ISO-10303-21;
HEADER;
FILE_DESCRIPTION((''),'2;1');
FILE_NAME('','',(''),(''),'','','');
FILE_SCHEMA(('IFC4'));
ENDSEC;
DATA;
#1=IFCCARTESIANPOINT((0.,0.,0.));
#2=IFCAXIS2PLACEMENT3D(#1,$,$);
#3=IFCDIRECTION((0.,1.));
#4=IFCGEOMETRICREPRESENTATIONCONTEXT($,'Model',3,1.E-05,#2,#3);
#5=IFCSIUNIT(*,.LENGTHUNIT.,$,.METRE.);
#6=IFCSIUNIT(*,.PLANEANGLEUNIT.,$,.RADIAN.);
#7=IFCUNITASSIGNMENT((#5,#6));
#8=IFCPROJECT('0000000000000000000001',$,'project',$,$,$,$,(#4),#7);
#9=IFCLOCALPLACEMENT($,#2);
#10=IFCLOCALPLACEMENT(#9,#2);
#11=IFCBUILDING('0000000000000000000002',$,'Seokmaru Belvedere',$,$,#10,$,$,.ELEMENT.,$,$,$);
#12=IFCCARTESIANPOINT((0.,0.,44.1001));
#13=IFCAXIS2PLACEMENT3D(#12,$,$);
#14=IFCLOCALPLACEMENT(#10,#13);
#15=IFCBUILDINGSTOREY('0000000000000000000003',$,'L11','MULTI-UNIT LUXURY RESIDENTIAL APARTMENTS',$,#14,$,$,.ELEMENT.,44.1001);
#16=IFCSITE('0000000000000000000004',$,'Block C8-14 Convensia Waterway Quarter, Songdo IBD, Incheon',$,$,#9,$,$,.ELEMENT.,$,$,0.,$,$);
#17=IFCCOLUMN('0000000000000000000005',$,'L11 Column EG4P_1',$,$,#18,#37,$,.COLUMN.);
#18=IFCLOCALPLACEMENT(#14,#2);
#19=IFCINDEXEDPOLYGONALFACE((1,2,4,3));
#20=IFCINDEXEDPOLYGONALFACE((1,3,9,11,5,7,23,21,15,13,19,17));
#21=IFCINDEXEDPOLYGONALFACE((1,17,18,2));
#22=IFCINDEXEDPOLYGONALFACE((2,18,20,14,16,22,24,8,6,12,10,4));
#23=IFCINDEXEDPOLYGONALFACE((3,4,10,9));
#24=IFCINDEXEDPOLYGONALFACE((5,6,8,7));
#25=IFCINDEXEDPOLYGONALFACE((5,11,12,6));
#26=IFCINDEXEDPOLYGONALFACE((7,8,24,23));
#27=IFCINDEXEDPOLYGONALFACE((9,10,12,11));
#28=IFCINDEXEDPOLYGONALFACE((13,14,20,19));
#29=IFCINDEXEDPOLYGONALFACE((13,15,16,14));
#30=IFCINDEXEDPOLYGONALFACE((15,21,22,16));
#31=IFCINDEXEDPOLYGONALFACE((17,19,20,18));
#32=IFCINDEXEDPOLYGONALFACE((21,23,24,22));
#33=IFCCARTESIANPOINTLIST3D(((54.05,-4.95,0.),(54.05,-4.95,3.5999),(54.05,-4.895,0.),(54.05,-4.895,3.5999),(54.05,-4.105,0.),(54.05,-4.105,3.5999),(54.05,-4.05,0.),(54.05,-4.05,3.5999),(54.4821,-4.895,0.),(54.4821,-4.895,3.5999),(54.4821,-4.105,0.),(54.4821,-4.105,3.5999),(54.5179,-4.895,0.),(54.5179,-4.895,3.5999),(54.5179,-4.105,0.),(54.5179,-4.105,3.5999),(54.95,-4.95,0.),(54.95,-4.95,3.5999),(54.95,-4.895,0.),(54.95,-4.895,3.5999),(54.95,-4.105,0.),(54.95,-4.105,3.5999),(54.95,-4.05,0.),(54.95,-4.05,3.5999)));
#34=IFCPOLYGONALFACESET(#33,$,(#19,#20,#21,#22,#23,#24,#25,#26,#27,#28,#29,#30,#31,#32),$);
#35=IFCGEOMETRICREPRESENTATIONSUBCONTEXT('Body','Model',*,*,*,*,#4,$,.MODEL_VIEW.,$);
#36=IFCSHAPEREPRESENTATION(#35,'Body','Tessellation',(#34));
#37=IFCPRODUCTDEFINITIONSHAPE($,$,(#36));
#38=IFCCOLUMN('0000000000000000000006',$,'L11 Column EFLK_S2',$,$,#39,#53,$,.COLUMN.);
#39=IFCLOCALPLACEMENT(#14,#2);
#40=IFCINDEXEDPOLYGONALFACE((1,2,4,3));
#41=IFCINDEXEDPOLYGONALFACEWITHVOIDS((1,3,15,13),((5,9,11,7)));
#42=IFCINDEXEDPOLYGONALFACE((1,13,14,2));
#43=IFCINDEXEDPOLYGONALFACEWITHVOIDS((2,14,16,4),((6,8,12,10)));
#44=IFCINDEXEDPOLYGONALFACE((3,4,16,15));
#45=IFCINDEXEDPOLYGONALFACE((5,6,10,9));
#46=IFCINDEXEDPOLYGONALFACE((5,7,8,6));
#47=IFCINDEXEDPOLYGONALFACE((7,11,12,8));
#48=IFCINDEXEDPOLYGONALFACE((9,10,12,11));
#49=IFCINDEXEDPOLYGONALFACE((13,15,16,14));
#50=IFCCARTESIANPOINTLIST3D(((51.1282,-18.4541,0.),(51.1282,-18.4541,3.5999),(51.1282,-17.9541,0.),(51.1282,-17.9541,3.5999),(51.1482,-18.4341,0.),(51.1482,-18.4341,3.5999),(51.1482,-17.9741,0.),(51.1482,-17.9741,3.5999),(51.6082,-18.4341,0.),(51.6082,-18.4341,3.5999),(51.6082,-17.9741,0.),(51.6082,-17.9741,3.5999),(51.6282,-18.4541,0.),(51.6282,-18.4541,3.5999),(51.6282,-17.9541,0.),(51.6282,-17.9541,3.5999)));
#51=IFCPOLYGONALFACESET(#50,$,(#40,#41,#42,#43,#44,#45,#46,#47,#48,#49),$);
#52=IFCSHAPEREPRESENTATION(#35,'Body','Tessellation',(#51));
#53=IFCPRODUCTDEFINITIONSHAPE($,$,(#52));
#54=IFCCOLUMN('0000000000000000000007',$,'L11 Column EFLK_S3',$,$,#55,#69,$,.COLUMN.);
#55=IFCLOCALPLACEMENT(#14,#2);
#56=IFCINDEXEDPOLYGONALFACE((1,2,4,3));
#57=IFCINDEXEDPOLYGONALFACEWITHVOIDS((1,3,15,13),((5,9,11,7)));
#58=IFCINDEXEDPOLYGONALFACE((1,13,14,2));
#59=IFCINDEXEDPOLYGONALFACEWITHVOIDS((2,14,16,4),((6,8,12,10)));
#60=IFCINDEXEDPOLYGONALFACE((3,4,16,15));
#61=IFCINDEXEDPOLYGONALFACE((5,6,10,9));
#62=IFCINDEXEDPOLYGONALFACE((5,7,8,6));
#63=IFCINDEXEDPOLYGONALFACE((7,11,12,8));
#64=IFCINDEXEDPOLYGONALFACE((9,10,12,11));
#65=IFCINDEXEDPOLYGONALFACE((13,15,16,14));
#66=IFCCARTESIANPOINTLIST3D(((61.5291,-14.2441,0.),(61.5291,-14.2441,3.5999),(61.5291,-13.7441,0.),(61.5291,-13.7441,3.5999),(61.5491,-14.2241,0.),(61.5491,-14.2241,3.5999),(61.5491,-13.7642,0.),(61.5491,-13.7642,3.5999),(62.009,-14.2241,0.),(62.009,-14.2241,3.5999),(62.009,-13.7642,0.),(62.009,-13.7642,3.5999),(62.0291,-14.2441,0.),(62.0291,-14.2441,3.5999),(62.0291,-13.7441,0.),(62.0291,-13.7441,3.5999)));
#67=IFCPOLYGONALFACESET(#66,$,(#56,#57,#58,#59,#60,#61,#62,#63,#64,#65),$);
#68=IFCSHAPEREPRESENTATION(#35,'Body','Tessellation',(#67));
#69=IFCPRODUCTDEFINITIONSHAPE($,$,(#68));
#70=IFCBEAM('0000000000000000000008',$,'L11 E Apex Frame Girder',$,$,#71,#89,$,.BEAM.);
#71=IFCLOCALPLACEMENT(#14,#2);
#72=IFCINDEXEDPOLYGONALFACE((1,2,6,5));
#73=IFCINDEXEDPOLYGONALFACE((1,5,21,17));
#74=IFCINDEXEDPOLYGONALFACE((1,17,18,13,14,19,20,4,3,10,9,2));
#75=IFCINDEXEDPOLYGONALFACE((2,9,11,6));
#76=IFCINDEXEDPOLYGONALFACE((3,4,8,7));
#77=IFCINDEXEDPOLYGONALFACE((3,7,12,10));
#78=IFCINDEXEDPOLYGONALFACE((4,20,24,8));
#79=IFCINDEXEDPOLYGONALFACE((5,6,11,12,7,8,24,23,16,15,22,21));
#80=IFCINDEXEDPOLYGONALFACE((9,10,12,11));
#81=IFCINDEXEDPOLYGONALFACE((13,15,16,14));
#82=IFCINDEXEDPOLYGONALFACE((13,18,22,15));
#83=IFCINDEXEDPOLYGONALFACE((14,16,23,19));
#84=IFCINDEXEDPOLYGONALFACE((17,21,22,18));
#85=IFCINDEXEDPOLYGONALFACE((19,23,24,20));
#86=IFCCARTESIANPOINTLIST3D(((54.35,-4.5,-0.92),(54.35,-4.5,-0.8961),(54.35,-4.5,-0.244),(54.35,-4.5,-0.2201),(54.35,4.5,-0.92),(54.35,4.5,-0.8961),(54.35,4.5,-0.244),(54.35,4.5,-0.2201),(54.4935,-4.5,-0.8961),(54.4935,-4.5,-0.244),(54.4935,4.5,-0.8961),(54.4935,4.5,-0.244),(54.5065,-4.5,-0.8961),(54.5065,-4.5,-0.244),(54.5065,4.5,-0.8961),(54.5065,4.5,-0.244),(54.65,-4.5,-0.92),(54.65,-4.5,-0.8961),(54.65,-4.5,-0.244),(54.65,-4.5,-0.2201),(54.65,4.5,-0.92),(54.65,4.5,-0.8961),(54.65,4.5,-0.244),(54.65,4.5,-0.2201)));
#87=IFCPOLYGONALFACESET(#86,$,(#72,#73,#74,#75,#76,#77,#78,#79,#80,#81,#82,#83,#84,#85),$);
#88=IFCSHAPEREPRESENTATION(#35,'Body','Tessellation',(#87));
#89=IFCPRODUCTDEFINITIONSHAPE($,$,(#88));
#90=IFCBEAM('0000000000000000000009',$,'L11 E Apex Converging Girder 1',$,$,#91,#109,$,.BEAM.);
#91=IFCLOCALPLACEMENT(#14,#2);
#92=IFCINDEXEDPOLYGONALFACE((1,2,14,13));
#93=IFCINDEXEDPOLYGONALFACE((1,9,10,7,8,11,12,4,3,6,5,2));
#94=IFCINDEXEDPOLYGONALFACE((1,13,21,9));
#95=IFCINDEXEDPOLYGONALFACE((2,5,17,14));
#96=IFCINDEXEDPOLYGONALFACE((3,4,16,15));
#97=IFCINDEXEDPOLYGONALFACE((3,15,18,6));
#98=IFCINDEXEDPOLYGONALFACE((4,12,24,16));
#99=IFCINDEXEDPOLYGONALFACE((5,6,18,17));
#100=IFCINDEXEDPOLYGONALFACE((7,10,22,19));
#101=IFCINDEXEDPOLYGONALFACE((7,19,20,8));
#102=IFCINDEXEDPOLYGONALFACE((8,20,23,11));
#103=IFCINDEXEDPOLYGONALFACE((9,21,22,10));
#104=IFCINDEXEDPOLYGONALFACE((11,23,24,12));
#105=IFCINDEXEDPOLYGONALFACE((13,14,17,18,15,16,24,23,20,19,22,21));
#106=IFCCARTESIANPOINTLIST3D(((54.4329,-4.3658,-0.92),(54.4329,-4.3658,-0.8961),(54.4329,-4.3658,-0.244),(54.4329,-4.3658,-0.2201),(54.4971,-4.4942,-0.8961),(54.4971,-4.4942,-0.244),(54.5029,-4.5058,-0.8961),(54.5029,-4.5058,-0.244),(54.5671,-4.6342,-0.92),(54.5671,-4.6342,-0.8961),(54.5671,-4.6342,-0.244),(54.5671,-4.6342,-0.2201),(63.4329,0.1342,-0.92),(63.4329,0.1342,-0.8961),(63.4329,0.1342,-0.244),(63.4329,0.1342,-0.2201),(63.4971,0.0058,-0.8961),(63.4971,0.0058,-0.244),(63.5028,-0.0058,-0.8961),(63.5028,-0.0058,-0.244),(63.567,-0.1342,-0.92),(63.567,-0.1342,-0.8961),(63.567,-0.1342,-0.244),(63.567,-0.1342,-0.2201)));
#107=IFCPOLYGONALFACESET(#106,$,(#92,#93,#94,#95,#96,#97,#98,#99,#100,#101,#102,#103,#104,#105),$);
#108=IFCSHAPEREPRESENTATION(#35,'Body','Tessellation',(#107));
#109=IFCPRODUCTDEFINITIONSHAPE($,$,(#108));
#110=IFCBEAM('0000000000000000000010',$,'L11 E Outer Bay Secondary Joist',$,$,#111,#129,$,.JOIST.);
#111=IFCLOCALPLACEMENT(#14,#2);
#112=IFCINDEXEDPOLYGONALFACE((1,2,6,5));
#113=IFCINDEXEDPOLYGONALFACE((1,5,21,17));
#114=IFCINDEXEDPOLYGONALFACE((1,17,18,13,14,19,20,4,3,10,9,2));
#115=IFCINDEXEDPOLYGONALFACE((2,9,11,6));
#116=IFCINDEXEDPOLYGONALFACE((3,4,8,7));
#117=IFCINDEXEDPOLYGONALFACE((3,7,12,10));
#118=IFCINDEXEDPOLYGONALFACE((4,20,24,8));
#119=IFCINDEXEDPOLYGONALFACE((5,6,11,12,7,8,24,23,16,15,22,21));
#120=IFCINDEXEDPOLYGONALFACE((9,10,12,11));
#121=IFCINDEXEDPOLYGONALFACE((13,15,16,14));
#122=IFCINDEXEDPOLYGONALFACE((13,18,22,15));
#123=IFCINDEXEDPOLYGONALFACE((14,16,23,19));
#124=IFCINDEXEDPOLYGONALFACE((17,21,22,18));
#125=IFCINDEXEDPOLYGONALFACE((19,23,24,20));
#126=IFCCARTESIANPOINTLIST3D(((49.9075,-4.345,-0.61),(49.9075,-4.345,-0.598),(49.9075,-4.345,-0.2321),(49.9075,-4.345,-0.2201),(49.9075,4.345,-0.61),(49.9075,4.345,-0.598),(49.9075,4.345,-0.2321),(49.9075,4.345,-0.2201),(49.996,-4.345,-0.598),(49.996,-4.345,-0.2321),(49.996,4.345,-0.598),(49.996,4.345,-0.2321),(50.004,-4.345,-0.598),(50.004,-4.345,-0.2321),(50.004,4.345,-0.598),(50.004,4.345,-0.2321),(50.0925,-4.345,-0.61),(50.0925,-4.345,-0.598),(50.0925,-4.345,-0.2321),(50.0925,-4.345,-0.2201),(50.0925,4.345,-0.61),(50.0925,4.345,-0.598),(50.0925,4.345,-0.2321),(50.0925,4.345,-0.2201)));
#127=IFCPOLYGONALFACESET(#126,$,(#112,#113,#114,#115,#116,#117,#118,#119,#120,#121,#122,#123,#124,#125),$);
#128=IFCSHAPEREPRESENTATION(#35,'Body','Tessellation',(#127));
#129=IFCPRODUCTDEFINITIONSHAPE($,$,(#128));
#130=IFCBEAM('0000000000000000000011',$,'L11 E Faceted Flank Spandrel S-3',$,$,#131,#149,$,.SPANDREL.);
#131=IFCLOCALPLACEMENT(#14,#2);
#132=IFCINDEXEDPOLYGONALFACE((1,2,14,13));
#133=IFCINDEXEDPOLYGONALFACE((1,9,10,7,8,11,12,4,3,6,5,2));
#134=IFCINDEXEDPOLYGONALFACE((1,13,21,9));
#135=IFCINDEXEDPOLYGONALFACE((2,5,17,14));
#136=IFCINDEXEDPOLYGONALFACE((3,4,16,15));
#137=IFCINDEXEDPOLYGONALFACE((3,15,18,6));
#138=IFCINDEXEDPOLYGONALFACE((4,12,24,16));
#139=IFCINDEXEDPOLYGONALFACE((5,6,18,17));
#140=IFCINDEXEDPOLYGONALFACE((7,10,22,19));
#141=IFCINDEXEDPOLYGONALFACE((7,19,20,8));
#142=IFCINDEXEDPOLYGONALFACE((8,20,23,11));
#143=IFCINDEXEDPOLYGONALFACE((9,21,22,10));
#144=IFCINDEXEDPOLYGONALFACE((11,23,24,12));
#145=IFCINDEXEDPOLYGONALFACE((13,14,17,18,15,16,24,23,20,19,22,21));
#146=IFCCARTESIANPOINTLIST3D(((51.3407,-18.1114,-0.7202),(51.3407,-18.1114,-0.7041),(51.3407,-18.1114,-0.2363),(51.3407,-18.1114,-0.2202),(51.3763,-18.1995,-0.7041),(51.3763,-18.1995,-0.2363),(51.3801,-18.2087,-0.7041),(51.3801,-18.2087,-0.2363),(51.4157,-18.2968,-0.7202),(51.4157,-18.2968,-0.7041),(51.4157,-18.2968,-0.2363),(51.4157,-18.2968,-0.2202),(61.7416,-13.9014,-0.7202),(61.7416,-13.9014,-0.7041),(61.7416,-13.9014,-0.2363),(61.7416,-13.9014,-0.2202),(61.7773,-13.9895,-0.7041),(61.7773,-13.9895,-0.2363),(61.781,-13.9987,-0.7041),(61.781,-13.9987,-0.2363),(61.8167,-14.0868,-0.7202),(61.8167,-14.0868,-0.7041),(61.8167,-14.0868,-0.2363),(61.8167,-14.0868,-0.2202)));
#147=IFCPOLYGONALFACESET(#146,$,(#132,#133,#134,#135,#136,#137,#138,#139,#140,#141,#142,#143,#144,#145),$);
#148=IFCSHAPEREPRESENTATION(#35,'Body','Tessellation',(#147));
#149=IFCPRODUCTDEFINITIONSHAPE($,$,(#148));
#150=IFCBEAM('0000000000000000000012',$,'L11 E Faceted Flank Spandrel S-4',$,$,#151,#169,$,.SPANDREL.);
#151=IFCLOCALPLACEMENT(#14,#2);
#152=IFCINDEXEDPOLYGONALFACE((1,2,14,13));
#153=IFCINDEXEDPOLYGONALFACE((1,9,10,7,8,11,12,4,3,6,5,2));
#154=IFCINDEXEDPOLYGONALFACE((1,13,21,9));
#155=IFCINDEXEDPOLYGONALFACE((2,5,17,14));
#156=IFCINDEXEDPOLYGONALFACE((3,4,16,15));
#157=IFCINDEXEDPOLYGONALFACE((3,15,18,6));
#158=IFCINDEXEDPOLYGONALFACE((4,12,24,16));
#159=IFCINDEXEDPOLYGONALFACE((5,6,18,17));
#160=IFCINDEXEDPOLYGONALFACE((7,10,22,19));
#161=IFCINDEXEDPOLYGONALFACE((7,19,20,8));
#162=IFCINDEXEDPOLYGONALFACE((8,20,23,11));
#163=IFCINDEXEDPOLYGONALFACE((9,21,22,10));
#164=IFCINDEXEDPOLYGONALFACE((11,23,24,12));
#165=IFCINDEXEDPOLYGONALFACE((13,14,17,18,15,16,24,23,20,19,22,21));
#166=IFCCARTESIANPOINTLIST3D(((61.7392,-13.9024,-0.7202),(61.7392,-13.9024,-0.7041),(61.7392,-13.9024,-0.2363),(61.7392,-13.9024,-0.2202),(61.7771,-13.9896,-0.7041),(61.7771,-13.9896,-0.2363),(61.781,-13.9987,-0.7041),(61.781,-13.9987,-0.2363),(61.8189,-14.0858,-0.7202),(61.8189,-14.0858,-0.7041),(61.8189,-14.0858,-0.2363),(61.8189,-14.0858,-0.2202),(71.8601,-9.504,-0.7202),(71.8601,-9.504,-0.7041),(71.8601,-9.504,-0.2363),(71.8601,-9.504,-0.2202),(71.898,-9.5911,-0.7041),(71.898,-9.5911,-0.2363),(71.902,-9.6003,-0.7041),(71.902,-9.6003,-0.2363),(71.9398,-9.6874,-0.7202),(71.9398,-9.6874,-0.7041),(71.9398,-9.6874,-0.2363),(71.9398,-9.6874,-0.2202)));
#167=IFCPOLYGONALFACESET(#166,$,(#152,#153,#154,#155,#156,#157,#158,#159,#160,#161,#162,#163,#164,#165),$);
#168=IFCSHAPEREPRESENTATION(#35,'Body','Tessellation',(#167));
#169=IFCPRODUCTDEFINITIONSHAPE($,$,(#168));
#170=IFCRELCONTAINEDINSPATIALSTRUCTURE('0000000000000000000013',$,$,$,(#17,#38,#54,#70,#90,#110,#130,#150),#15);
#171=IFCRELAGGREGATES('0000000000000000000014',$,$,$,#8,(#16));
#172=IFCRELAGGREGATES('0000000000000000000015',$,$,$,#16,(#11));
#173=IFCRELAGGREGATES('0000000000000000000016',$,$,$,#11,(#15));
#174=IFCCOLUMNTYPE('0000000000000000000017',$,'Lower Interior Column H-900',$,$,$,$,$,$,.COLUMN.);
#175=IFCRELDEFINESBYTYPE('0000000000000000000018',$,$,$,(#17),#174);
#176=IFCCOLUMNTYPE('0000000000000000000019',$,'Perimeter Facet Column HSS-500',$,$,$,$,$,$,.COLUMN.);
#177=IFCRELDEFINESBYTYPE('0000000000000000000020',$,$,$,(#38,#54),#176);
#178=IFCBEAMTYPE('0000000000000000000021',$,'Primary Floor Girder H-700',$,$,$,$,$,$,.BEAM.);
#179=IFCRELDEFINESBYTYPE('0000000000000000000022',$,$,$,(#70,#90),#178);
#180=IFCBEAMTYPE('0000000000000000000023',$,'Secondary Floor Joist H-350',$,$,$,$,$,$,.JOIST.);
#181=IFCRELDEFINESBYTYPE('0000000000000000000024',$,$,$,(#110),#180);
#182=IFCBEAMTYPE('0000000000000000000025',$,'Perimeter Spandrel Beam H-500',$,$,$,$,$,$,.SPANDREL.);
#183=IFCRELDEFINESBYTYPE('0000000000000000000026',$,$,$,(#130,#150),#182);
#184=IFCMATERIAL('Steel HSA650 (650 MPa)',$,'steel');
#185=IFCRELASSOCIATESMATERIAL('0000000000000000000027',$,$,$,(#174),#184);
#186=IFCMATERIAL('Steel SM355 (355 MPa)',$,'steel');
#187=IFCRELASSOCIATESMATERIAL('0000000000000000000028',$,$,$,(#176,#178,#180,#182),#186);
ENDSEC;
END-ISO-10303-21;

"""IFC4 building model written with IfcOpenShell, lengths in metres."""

from ifc_helpers import new_model, si_unit, direction, frame, origin, origin_2d, place, context, subcontext, project, spatial, hollow_rectangle, i_section, extrude, source, transform, mapped, material, material_profile, profile_set, type_object, type_shapes, element, save


model = new_model("IFC4")

# Units and contexts
model_context = context("Model", 3, precision=1e-05, world=origin(), true_north=direction((0.0, 1.0)))
body_context = subcontext(model_context, "Body", "Model", "MODEL_VIEW")
ifc_project = project(units=[si_unit("LENGTHUNIT", "METRE"), si_unit("PLANEANGLEUNIT", "RADIAN")], contexts=[model_context])

# Site, building, storey
site_placement = place(None, origin())
site = spatial("IfcSite", under=ifc_project, at=site_placement, Name="Block C8-14 Convensia Waterway Quarter, Songdo IBD, Incheon", CompositionType="ELEMENT", RefElevation=0.0)
building_placement = place(site_placement, origin())
building = spatial("IfcBuilding", under=site, at=building_placement, Name="Seokmaru Belvedere", CompositionType="ELEMENT")
storey_placement = place(building_placement, frame((0.0, 0.0, 44.1001)))
storey = spatial("IfcBuildingStorey", under=building, at=storey_placement, Name="L11", Description="MULTI-UNIT LUXURY RESIDENTIAL APARTMENTS", CompositionType="ELEMENT", Elevation=44.1001)

# Columns
ifc_material_1 = material(Name="Steel HSA650 (650 MPa)", Category="steel")
ifc_material_profile_1 = material_profile(ifc_material_1, i_section(OverallWidth=0.8999, OverallDepth=0.8999, WebThickness=0.0359, FlangeThickness=0.0549, at=origin_2d()), Name="H-900x900x36x55")
ifc_profile_set_1 = profile_set([ifc_material_profile_1], Name="Steel HSA650 (650 MPa)")
column_type_1 = type_object("IfcColumnType", Name="Lower Interior Column H-900", PredefinedType="COLUMN", material=ifc_profile_set_1)
shared_shape_1 = source(origin(), body_context, "Body", "SweptSolid", [
    extrude(i_section(OverallWidth=0.8999, OverallDepth=0.8999, WebThickness=0.0359, FlangeThickness=0.0549, at=origin_2d()), origin(), (0.0, 0.0, 1.0), 3.5999),
])
type_shapes(column_type_1, [shared_shape_1])
column_placement = place(storey_placement, frame((54.5, -4.5, 0.0), z_axis=(0.0, 0.0, 1.0), x_axis=(1.0, 0.0, 0.0)))
element("IfcColumn", 1, at=column_placement, inside=storey, type_object=column_type_1, Name="L11 Column EG4P_1", PredefinedType="COLUMN", context=body_context, shape_type="MappedRepresentation", body=[
    mapped(shared_shape_1, transform((0.0, 0.0, 0.0), scale=1.0)),
])
ifc_material_2 = material(Name="Steel SM355 (355 MPa)", Category="steel")
ifc_material_profile_2 = material_profile(ifc_material_2, hollow_rectangle(XDim=0.5, YDim=0.5, WallThickness=0.02, at=origin_2d()), Name="HSS-500x500x20")
ifc_profile_set_2 = profile_set([ifc_material_profile_2], Name="Steel SM355 (355 MPa)")
column_type_2 = type_object("IfcColumnType", Name="Perimeter Facet Column HSS-500", PredefinedType="COLUMN", material=ifc_profile_set_2)
shared_shape_2 = source(origin(), body_context, "Body", "SweptSolid", [
    extrude(hollow_rectangle(XDim=0.5, YDim=0.5, WallThickness=0.02, at=origin_2d()), origin(), (0.0, 0.0, 1.0), 3.5999),
])
type_shapes(column_type_2, [shared_shape_2])
for number, where, z_axis, x_axis, name in (
    (2, (51.3782, -18.2041, 0.0), (0.0, 0.0, 1.0), (1.0, 0.0, 0.0), "L11 Column EFLK_S2"),
    (3, (61.7791, -13.9941, 0.0), (0.0, 0.0, 1.0), (1.0, 0.0, 0.0), "L11 Column EFLK_S3"),
):
    element("IfcColumn", number, at=place(storey_placement, frame(where, z_axis=z_axis, x_axis=x_axis)), inside=storey, type_object=column_type_2, Name=name, PredefinedType="COLUMN", context=body_context, shape_type="MappedRepresentation", body=[
        mapped(shared_shape_2, transform((0.0, 0.0, 0.0), scale=1.0)),
    ])

# Beams
ifc_material_profile_3 = material_profile(ifc_material_2, i_section(OverallWidth=0.3, OverallDepth=0.7, WebThickness=0.0129, FlangeThickness=0.0239, at=origin_2d()), Name="H-700x300x13x24")
ifc_profile_set_3 = profile_set([ifc_material_profile_3], Name="Steel SM355 (355 MPa)")
beam_type_1 = type_object("IfcBeamType", Name="Primary Floor Girder H-700", PredefinedType="BEAM", material=ifc_profile_set_3)
shared_shape_3 = source(origin(), body_context, "Body", "SweptSolid", [
    extrude(i_section(OverallWidth=0.3, OverallDepth=0.7, WebThickness=0.0129, FlangeThickness=0.0239, at=origin_2d()), origin(), (0.0, 0.0, 1.0), 9.0),
])
beam_1_placement = place(storey_placement, frame((54.5, -4.5, -0.5701), z_axis=(0.0, 1.0, 0.0), x_axis=(-1.0, 0.0, 0.0)))
element("IfcBeam", 4, at=beam_1_placement, inside=storey, type_object=beam_type_1, Name="L11 E Apex Frame Girder", PredefinedType="BEAM", context=body_context, shape_type="MappedRepresentation", body=[
    mapped(shared_shape_3, transform((0.0, 0.0, 0.0), scale=1.0)),
])
shared_shape_4 = source(origin(), body_context, "Body", "SweptSolid", [
    extrude(i_section(OverallWidth=0.3, OverallDepth=0.7, WebThickness=0.0129, FlangeThickness=0.0239, at=origin_2d()), origin(), (0.0, 0.0, 1.0), 10.0623),
])
beam_2_placement = place(storey_placement, frame((54.5, -4.5, -0.5701), z_axis=(0.894427, 0.447214, 0.0), x_axis=(-0.447214, 0.894427, 0.0)))
element("IfcBeam", 5, at=beam_2_placement, inside=storey, type_object=beam_type_1, Name="L11 E Apex Converging Girder 1", PredefinedType="BEAM", context=body_context, shape_type="MappedRepresentation", body=[
    mapped(shared_shape_4, transform((0.0, 0.0, 0.0), scale=1.0)),
])
ifc_material_profile_4 = material_profile(ifc_material_2, i_section(OverallWidth=0.1851, OverallDepth=0.3899, WebThickness=0.0081, FlangeThickness=0.012, at=origin_2d()), Name="H-390x185x8x12")
ifc_profile_set_4 = profile_set([ifc_material_profile_4], Name="Steel SM355 (355 MPa)")
beam_type_2 = type_object("IfcBeamType", Name="Secondary Floor Joist H-350", PredefinedType="JOIST", material=ifc_profile_set_4)
shared_shape_5 = source(origin(), body_context, "Body", "SweptSolid", [
    extrude(i_section(OverallWidth=0.1851, OverallDepth=0.3899, WebThickness=0.0081, FlangeThickness=0.012, at=origin_2d()), origin(), (0.0, 0.0, 1.0), 8.6899),
])
type_shapes(beam_type_2, [shared_shape_5])
beam_3_placement = place(storey_placement, frame((50.0, -4.345, -0.415), z_axis=(0.0, 1.0, 0.0), x_axis=(-1.0, 0.0, 0.0)))
element("IfcBeam", 6, at=beam_3_placement, inside=storey, type_object=beam_type_2, Name="L11 E Outer Bay Secondary Joist", PredefinedType="JOIST", context=body_context, shape_type="MappedRepresentation", body=[
    mapped(shared_shape_5, transform((0.0, 0.0, 0.0), scale=1.0)),
])
ifc_material_profile_5 = material_profile(ifc_material_2, i_section(OverallWidth=0.2, OverallDepth=0.5, WebThickness=0.01, FlangeThickness=0.0161, at=origin_2d()), Name="H-500x200x10x16")
ifc_profile_set_5 = profile_set([ifc_material_profile_5], Name="Steel SM355 (355 MPa)")
beam_type_3 = type_object("IfcBeamType", Name="Perimeter Spandrel Beam H-500", PredefinedType="SPANDREL", material=ifc_profile_set_5)
shared_shape_6 = source(origin(), body_context, "Body", "SweptSolid", [
    extrude(i_section(OverallWidth=0.2, OverallDepth=0.5, WebThickness=0.01, FlangeThickness=0.0161, at=origin_2d()), origin(), (0.0, 0.0, 1.0), 11.2207),
])
beam_4_placement = place(storey_placement, frame((51.3782, -18.2041, -0.4702), z_axis=(0.926944, 0.375199, 0.0), x_axis=(-0.375199, 0.926944, 0.0)))
element("IfcBeam", 7, at=beam_4_placement, inside=storey, type_object=beam_type_3, Name="L11 E Faceted Flank Spandrel S-3", PredefinedType="SPANDREL", context=body_context, shape_type="MappedRepresentation", body=[
    mapped(shared_shape_6, transform((0.0, 0.0, 0.0), scale=1.0)),
])
shared_shape_7 = source(origin(), body_context, "Body", "SweptSolid", [
    extrude(i_section(OverallWidth=0.2, OverallDepth=0.5, WebThickness=0.01, FlangeThickness=0.0161, at=origin_2d()), origin(), (0.0, 0.0, 1.0), 11.0354),
])
type_shapes(beam_type_3, [shared_shape_6, shared_shape_7])
beam_5_placement = place(storey_placement, frame((61.7791, -13.9941, -0.4702), z_axis=(0.917134, 0.398579, 0.0), x_axis=(-0.398579, 0.917134, 0.0)))
element("IfcBeam", 8, at=beam_5_placement, inside=storey, type_object=beam_type_3, Name="L11 E Faceted Flank Spandrel S-4", PredefinedType="SPANDREL", context=body_context, shape_type="MappedRepresentation", body=[
    mapped(shared_shape_7, transform((0.0, 0.0, 0.0), scale=1.0)),
])

save(model, "model.ifc")
